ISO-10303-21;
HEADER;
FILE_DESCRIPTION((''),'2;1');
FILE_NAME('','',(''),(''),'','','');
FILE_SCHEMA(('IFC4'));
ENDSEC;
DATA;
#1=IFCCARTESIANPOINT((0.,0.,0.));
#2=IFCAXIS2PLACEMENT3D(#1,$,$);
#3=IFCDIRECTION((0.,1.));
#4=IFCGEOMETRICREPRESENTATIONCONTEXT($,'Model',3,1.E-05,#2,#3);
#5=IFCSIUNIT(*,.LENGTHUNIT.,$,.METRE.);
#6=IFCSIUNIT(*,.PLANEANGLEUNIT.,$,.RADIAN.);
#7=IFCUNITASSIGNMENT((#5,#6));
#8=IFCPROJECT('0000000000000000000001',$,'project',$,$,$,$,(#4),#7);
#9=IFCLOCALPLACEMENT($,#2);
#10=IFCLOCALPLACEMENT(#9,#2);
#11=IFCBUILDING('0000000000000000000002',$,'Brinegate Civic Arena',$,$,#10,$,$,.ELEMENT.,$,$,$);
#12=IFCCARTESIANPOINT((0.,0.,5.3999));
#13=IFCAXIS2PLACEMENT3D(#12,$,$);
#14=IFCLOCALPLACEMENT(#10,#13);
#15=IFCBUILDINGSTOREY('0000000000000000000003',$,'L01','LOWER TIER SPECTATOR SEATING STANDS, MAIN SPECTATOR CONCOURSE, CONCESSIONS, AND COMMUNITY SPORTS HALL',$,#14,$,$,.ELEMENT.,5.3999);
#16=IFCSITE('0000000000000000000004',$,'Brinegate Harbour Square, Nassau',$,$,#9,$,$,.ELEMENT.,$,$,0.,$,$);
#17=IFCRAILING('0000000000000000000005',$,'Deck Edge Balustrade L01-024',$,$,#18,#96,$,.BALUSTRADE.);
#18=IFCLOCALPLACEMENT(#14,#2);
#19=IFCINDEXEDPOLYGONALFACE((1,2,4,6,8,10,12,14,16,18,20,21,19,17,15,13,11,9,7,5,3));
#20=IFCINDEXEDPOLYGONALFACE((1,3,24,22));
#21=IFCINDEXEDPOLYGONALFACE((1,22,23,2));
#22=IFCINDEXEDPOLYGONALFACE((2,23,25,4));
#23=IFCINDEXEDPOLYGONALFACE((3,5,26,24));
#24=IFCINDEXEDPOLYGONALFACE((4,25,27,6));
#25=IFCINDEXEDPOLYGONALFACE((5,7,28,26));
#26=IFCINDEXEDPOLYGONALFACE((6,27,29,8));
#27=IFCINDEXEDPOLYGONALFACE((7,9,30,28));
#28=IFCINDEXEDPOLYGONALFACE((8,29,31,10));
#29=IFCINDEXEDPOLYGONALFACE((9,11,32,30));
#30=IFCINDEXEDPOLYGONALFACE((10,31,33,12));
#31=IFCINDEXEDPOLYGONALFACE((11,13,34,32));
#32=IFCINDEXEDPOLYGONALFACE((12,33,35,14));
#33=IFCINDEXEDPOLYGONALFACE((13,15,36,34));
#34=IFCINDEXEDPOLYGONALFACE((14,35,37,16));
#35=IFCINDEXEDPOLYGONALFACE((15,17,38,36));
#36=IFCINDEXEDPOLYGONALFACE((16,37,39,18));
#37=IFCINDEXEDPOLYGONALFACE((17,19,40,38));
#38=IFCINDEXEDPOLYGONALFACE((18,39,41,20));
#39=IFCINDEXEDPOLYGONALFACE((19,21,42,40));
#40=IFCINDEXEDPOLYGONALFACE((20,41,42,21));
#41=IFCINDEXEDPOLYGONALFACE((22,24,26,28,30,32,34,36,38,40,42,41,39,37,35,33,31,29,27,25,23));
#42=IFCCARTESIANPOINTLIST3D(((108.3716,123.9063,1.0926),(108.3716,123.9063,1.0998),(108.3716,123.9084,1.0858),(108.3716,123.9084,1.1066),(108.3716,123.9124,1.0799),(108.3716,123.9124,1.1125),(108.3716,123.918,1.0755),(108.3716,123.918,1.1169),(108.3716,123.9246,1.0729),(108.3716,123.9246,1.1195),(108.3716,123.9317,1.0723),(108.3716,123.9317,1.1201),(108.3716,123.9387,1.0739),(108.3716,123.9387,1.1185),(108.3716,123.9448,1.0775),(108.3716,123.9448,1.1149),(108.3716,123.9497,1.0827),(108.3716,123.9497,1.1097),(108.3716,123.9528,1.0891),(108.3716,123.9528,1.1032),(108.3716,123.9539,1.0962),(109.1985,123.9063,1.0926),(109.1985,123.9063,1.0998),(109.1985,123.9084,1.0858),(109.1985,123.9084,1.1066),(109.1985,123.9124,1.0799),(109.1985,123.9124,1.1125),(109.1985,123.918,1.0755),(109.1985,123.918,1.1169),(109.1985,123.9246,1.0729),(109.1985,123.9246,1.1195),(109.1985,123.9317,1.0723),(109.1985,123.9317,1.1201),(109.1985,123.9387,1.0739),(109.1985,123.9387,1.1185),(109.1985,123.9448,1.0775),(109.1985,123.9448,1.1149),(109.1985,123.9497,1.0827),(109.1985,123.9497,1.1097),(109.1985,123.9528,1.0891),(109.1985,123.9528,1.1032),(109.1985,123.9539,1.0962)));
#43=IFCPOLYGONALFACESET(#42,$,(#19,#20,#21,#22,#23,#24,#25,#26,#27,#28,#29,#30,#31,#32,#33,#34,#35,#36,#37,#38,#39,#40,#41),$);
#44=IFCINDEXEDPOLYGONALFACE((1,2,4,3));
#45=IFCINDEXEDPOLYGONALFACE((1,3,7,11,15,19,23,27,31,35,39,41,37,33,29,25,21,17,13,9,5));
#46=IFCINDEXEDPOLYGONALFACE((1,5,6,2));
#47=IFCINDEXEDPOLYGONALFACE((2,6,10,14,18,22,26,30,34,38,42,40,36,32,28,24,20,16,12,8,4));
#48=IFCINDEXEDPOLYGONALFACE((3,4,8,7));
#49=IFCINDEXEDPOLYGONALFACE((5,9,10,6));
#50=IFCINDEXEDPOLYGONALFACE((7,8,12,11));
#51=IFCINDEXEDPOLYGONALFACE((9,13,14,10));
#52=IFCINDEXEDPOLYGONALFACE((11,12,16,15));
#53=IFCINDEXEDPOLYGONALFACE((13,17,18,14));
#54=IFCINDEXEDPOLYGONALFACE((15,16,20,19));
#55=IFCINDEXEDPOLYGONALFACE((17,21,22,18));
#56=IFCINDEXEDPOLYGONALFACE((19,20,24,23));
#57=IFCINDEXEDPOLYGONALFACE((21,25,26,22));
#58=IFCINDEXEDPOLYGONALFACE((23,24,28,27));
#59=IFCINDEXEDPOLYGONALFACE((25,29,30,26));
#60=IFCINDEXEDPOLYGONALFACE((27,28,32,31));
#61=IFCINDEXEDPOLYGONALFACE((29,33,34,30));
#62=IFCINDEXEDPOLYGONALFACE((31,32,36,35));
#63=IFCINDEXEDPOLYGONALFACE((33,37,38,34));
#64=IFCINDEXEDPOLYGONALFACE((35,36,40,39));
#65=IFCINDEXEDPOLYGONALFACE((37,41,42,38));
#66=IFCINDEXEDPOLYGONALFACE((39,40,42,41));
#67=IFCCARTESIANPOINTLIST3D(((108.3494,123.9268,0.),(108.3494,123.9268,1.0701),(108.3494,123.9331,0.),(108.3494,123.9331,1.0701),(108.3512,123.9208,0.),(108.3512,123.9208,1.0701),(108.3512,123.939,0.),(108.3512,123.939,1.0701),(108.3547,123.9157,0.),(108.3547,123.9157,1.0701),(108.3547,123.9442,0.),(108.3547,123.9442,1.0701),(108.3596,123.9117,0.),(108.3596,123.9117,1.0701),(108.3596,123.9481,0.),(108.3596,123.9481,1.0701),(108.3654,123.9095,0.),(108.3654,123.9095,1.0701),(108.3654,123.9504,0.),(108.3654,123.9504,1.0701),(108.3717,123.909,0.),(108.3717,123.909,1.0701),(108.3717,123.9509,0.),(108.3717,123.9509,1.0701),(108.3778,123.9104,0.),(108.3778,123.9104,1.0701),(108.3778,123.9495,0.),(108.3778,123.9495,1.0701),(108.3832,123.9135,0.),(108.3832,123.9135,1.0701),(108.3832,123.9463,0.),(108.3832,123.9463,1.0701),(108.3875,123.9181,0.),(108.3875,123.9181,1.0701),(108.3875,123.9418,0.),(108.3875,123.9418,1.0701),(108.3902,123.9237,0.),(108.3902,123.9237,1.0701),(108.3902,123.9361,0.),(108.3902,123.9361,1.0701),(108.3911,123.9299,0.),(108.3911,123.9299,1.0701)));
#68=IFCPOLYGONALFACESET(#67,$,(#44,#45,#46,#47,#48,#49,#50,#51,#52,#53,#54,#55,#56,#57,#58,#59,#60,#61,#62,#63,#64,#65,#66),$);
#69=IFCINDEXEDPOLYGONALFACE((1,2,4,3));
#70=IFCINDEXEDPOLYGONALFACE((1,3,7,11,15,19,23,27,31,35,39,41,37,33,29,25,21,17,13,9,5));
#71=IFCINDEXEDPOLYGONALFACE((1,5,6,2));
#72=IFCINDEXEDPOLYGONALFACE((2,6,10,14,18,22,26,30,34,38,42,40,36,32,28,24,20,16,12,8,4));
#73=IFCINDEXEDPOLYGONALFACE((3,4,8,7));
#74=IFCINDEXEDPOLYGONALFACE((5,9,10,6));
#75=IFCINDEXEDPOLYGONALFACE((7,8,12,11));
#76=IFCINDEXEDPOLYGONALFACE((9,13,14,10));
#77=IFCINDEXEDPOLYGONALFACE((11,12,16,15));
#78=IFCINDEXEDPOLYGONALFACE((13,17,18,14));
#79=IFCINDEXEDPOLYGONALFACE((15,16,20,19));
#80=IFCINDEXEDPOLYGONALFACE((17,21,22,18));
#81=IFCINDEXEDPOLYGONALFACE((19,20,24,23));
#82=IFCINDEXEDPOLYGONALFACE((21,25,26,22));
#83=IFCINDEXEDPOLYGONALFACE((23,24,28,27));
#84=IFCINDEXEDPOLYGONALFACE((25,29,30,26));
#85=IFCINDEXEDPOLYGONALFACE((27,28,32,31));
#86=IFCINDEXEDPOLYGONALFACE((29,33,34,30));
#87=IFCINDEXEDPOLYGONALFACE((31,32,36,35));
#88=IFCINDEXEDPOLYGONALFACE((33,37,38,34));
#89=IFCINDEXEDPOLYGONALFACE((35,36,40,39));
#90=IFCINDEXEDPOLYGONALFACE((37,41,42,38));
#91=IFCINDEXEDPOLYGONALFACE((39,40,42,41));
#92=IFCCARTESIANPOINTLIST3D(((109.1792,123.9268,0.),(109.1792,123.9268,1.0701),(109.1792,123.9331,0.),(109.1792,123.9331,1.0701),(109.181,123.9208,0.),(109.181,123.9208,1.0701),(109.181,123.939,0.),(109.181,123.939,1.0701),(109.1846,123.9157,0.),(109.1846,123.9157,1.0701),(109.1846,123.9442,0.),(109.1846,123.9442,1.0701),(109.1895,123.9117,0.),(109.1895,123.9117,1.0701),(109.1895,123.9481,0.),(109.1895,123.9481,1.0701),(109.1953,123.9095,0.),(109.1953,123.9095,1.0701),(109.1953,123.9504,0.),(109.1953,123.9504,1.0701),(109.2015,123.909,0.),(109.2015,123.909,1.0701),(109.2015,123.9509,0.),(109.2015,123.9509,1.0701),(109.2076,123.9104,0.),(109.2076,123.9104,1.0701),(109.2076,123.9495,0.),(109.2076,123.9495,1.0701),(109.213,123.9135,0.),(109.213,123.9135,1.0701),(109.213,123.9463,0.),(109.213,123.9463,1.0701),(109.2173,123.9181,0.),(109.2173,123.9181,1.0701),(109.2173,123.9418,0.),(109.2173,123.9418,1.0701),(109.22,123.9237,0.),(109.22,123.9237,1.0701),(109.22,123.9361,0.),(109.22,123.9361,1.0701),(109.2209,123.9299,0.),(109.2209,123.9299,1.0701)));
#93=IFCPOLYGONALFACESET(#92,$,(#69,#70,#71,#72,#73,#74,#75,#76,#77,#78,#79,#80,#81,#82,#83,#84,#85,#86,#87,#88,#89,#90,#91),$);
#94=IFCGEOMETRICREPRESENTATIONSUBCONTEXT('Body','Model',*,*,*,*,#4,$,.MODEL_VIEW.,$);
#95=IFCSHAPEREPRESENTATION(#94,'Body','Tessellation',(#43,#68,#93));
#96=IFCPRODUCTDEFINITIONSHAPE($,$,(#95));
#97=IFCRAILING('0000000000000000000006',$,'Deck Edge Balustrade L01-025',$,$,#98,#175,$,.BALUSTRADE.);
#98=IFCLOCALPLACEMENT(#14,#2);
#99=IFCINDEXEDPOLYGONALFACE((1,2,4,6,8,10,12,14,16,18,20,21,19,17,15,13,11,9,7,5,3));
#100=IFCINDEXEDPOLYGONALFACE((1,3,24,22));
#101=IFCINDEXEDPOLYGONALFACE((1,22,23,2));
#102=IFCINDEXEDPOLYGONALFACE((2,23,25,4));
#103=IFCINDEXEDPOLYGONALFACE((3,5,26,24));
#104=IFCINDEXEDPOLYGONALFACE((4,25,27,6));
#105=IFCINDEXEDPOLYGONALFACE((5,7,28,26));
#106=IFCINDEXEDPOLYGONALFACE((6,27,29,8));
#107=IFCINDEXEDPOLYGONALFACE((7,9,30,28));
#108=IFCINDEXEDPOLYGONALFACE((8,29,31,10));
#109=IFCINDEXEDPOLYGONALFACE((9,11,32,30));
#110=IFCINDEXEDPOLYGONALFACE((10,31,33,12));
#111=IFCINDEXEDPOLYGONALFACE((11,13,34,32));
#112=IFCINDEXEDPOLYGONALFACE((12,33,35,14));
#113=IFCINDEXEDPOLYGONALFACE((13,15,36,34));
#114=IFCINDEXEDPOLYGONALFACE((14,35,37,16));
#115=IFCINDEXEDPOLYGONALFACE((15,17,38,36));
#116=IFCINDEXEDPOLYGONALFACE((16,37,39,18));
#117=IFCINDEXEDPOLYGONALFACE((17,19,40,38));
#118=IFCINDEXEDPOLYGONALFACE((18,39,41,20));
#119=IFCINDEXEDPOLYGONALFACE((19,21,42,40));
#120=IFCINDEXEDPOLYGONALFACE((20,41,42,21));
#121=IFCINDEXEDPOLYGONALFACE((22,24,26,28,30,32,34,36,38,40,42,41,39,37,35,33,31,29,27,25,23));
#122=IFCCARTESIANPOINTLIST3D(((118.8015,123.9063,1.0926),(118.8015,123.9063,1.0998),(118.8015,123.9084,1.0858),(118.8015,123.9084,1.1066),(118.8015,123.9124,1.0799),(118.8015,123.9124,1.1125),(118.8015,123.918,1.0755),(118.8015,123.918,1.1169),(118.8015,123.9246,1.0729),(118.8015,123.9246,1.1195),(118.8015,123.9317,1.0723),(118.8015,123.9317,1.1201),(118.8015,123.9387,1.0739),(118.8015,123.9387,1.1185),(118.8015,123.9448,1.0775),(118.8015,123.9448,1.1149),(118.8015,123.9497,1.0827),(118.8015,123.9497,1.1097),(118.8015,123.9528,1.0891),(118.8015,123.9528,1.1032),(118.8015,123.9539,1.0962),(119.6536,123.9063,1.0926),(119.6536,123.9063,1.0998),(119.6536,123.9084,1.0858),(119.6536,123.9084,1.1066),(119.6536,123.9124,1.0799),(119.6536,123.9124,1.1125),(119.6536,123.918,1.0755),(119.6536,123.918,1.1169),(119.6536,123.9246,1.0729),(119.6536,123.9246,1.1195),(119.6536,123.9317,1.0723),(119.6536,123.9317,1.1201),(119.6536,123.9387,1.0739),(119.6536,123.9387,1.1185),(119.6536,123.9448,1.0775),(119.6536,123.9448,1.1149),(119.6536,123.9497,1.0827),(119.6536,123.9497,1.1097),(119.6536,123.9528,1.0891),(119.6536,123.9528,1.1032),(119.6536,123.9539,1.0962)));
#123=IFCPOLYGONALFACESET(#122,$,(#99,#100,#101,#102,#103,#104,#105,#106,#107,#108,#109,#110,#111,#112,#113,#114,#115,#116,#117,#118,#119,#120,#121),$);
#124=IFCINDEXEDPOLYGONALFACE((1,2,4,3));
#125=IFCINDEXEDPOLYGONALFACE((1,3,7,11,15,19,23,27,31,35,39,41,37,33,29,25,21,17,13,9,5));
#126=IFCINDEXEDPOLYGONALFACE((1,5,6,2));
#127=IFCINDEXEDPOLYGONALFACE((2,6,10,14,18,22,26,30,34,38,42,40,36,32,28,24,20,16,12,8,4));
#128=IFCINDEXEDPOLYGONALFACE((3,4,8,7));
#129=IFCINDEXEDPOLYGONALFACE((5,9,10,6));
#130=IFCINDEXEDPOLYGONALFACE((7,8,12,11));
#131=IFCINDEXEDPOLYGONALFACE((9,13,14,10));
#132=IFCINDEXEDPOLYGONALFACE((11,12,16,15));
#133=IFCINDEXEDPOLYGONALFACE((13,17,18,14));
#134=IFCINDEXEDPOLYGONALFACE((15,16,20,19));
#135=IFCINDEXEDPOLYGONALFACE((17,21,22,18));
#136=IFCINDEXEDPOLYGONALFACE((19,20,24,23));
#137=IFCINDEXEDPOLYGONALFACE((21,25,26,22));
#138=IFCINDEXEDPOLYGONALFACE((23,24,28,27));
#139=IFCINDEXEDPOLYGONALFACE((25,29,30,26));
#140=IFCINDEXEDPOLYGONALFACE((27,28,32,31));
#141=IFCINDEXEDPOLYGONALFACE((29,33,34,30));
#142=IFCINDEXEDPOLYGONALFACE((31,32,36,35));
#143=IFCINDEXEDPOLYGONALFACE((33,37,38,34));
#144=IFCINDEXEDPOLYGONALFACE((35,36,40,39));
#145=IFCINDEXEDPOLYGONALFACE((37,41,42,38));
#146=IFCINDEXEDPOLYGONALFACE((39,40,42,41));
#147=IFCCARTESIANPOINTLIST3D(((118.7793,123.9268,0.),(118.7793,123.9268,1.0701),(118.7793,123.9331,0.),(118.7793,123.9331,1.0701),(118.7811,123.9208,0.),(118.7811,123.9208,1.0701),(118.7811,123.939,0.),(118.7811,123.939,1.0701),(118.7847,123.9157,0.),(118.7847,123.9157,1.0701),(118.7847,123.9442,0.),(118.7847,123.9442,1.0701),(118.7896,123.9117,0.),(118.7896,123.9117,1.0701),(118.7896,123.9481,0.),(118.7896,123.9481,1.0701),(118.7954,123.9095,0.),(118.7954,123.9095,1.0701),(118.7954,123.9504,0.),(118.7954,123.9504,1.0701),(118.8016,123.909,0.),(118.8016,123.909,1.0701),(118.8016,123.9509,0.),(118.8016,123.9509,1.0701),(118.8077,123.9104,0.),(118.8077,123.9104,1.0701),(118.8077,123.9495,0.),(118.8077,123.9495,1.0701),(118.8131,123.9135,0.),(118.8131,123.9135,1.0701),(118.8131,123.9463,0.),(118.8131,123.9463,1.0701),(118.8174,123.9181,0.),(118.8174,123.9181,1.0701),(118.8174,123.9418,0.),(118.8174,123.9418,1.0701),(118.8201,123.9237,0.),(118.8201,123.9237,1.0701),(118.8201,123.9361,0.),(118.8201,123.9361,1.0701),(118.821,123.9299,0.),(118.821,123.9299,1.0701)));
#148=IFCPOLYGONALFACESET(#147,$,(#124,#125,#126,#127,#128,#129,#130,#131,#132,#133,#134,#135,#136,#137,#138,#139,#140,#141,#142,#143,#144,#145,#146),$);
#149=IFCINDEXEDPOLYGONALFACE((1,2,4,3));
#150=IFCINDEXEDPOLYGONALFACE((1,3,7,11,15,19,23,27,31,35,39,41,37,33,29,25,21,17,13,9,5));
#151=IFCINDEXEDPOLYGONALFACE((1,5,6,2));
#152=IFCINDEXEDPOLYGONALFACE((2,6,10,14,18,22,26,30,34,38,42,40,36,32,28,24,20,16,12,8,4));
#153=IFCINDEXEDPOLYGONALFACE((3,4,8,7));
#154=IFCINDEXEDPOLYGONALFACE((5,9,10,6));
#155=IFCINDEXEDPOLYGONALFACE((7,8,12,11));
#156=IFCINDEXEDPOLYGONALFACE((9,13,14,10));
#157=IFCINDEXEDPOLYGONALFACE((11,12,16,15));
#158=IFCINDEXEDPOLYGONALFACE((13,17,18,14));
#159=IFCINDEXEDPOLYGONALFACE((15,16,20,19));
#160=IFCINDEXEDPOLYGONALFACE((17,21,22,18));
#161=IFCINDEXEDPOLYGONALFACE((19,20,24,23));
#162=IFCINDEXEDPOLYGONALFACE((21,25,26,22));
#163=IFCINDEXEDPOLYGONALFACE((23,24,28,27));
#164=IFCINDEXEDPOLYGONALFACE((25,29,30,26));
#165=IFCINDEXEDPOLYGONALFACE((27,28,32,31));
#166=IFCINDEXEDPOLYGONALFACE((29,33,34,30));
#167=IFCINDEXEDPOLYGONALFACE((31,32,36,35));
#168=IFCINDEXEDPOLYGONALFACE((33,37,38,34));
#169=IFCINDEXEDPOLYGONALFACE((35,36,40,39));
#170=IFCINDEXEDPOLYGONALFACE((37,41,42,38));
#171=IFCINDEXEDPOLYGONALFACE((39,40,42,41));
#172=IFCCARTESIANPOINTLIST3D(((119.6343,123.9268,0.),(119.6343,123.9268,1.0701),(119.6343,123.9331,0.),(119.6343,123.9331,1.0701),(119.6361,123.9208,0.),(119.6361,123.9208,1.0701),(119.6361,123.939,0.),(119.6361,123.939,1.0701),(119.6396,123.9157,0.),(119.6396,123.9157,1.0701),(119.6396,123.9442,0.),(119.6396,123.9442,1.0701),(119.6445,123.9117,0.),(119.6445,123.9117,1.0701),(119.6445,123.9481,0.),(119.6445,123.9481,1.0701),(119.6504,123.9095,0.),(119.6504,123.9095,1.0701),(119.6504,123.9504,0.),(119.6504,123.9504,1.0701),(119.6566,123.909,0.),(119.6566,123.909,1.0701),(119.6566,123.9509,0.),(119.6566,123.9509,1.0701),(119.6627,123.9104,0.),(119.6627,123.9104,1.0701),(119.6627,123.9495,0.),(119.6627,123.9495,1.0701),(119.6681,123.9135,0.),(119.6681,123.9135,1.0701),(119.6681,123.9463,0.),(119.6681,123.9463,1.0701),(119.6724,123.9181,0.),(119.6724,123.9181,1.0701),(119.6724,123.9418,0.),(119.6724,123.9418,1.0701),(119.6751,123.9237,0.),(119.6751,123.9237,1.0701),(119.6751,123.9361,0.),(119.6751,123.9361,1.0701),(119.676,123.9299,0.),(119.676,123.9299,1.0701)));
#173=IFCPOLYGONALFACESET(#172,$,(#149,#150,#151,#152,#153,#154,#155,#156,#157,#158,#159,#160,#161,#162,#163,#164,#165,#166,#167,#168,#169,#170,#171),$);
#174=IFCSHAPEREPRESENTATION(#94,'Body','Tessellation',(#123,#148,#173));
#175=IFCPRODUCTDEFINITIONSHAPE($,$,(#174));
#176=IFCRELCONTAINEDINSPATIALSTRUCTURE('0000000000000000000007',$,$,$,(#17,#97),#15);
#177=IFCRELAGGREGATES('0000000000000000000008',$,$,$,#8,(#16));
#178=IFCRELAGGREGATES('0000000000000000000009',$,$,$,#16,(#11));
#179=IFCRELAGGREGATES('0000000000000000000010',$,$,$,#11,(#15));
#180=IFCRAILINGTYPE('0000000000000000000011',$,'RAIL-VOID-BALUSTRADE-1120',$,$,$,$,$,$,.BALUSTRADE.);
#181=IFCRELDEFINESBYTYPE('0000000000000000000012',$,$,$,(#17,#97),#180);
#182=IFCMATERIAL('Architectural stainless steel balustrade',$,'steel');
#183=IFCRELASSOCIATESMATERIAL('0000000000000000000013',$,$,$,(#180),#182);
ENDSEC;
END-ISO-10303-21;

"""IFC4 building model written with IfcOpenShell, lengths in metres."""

from ifc_helpers import new_model, si_unit, direction, frame, origin, origin_2d, place, context, subcontext, project, spatial, circle, extrude, material, type_object, element, save


model = new_model("IFC4")

# Units and contexts
model_context = context("Model", 3, precision=1e-05, world=origin(), true_north=direction((0.0, 1.0)))
body_context = subcontext(model_context, "Body", "Model", "MODEL_VIEW")
ifc_project = project(units=[si_unit("LENGTHUNIT", "METRE"), si_unit("PLANEANGLEUNIT", "RADIAN")], contexts=[model_context])

# Site, building, storey
site_placement = place(None, origin())
site = spatial("IfcSite", under=ifc_project, at=site_placement, Name="Brinegate Harbour Square, Nassau", CompositionType="ELEMENT", RefElevation=0.0)
building_placement = place(site_placement, origin())
building = spatial("IfcBuilding", under=site, at=building_placement, Name="Brinegate Civic Arena", CompositionType="ELEMENT")
storey_placement = place(building_placement, frame((0.0, 0.0, 5.3999)))
storey = spatial("IfcBuildingStorey", under=building, at=storey_placement, Name="L01", Description="LOWER TIER SPECTATOR SEATING STANDS, MAIN SPECTATOR CONCOURSE, CONCESSIONS, AND COMMUNITY SPORTS HALL", CompositionType="ELEMENT", Elevation=5.3999)

# Railings
ifc_material_1 = material(Name="Architectural stainless steel balustrade", Category="steel")
railing_type_1 = type_object("IfcRailingType", Name="RAIL-VOID-BALUSTRADE-1120", PredefinedType="BALUSTRADE", material=ifc_material_1)
railing_1_placement = place(storey_placement, frame((108.3701, 123.9299, 0.0)))
element("IfcRailing", 1, at=railing_1_placement, inside=storey, type_object=railing_type_1, Name="Deck Edge Balustrade L01-024", PredefinedType="BALUSTRADE", context=body_context, shape_type="SweptSolid", body=[
    extrude(circle(Radius=0.0239, at=origin_2d()), frame((0.0015, 0.0, 1.0962), z_axis=(1.0, 0.0, 0.0), x_axis=(0.0, 1.0, 0.0)), (0.0, 0.0, 1.0), 0.8269),
    extrude(circle(Radius=0.021, at=origin_2d()), origin(), (0.0, 0.0, 1.0), 1.0701),
    extrude(circle(Radius=0.021, at=origin_2d()), frame((0.8298, 0.0, 0.0)), (0.0, 0.0, 1.0), 1.0701),
])
for number, where, name in (
    (2, (118.8, 123.9299, 0.0), "Deck Edge Balustrade L01-025"),
):
    element("IfcRailing", number, at=place(storey_placement, frame(where)), inside=storey, type_object=railing_type_1, Name=name, PredefinedType="BALUSTRADE", context=body_context, shape_type="SweptSolid", body=[
        extrude(circle(Radius=0.0239, at=origin_2d()), frame((0.0015, 0.0, 1.0962), z_axis=(1.0, 0.0, 0.0), x_axis=(0.0, 1.0, 0.0)), (0.0, 0.0, 1.0), 0.8521),
        extrude(circle(Radius=0.021, at=origin_2d()), origin(), (0.0, 0.0, 1.0), 1.0701),
        extrude(circle(Radius=0.021, at=origin_2d()), frame((0.855, 0.0, 0.0)), (0.0, 0.0, 1.0), 1.0701),
    ])

save(model, "model.ifc")
